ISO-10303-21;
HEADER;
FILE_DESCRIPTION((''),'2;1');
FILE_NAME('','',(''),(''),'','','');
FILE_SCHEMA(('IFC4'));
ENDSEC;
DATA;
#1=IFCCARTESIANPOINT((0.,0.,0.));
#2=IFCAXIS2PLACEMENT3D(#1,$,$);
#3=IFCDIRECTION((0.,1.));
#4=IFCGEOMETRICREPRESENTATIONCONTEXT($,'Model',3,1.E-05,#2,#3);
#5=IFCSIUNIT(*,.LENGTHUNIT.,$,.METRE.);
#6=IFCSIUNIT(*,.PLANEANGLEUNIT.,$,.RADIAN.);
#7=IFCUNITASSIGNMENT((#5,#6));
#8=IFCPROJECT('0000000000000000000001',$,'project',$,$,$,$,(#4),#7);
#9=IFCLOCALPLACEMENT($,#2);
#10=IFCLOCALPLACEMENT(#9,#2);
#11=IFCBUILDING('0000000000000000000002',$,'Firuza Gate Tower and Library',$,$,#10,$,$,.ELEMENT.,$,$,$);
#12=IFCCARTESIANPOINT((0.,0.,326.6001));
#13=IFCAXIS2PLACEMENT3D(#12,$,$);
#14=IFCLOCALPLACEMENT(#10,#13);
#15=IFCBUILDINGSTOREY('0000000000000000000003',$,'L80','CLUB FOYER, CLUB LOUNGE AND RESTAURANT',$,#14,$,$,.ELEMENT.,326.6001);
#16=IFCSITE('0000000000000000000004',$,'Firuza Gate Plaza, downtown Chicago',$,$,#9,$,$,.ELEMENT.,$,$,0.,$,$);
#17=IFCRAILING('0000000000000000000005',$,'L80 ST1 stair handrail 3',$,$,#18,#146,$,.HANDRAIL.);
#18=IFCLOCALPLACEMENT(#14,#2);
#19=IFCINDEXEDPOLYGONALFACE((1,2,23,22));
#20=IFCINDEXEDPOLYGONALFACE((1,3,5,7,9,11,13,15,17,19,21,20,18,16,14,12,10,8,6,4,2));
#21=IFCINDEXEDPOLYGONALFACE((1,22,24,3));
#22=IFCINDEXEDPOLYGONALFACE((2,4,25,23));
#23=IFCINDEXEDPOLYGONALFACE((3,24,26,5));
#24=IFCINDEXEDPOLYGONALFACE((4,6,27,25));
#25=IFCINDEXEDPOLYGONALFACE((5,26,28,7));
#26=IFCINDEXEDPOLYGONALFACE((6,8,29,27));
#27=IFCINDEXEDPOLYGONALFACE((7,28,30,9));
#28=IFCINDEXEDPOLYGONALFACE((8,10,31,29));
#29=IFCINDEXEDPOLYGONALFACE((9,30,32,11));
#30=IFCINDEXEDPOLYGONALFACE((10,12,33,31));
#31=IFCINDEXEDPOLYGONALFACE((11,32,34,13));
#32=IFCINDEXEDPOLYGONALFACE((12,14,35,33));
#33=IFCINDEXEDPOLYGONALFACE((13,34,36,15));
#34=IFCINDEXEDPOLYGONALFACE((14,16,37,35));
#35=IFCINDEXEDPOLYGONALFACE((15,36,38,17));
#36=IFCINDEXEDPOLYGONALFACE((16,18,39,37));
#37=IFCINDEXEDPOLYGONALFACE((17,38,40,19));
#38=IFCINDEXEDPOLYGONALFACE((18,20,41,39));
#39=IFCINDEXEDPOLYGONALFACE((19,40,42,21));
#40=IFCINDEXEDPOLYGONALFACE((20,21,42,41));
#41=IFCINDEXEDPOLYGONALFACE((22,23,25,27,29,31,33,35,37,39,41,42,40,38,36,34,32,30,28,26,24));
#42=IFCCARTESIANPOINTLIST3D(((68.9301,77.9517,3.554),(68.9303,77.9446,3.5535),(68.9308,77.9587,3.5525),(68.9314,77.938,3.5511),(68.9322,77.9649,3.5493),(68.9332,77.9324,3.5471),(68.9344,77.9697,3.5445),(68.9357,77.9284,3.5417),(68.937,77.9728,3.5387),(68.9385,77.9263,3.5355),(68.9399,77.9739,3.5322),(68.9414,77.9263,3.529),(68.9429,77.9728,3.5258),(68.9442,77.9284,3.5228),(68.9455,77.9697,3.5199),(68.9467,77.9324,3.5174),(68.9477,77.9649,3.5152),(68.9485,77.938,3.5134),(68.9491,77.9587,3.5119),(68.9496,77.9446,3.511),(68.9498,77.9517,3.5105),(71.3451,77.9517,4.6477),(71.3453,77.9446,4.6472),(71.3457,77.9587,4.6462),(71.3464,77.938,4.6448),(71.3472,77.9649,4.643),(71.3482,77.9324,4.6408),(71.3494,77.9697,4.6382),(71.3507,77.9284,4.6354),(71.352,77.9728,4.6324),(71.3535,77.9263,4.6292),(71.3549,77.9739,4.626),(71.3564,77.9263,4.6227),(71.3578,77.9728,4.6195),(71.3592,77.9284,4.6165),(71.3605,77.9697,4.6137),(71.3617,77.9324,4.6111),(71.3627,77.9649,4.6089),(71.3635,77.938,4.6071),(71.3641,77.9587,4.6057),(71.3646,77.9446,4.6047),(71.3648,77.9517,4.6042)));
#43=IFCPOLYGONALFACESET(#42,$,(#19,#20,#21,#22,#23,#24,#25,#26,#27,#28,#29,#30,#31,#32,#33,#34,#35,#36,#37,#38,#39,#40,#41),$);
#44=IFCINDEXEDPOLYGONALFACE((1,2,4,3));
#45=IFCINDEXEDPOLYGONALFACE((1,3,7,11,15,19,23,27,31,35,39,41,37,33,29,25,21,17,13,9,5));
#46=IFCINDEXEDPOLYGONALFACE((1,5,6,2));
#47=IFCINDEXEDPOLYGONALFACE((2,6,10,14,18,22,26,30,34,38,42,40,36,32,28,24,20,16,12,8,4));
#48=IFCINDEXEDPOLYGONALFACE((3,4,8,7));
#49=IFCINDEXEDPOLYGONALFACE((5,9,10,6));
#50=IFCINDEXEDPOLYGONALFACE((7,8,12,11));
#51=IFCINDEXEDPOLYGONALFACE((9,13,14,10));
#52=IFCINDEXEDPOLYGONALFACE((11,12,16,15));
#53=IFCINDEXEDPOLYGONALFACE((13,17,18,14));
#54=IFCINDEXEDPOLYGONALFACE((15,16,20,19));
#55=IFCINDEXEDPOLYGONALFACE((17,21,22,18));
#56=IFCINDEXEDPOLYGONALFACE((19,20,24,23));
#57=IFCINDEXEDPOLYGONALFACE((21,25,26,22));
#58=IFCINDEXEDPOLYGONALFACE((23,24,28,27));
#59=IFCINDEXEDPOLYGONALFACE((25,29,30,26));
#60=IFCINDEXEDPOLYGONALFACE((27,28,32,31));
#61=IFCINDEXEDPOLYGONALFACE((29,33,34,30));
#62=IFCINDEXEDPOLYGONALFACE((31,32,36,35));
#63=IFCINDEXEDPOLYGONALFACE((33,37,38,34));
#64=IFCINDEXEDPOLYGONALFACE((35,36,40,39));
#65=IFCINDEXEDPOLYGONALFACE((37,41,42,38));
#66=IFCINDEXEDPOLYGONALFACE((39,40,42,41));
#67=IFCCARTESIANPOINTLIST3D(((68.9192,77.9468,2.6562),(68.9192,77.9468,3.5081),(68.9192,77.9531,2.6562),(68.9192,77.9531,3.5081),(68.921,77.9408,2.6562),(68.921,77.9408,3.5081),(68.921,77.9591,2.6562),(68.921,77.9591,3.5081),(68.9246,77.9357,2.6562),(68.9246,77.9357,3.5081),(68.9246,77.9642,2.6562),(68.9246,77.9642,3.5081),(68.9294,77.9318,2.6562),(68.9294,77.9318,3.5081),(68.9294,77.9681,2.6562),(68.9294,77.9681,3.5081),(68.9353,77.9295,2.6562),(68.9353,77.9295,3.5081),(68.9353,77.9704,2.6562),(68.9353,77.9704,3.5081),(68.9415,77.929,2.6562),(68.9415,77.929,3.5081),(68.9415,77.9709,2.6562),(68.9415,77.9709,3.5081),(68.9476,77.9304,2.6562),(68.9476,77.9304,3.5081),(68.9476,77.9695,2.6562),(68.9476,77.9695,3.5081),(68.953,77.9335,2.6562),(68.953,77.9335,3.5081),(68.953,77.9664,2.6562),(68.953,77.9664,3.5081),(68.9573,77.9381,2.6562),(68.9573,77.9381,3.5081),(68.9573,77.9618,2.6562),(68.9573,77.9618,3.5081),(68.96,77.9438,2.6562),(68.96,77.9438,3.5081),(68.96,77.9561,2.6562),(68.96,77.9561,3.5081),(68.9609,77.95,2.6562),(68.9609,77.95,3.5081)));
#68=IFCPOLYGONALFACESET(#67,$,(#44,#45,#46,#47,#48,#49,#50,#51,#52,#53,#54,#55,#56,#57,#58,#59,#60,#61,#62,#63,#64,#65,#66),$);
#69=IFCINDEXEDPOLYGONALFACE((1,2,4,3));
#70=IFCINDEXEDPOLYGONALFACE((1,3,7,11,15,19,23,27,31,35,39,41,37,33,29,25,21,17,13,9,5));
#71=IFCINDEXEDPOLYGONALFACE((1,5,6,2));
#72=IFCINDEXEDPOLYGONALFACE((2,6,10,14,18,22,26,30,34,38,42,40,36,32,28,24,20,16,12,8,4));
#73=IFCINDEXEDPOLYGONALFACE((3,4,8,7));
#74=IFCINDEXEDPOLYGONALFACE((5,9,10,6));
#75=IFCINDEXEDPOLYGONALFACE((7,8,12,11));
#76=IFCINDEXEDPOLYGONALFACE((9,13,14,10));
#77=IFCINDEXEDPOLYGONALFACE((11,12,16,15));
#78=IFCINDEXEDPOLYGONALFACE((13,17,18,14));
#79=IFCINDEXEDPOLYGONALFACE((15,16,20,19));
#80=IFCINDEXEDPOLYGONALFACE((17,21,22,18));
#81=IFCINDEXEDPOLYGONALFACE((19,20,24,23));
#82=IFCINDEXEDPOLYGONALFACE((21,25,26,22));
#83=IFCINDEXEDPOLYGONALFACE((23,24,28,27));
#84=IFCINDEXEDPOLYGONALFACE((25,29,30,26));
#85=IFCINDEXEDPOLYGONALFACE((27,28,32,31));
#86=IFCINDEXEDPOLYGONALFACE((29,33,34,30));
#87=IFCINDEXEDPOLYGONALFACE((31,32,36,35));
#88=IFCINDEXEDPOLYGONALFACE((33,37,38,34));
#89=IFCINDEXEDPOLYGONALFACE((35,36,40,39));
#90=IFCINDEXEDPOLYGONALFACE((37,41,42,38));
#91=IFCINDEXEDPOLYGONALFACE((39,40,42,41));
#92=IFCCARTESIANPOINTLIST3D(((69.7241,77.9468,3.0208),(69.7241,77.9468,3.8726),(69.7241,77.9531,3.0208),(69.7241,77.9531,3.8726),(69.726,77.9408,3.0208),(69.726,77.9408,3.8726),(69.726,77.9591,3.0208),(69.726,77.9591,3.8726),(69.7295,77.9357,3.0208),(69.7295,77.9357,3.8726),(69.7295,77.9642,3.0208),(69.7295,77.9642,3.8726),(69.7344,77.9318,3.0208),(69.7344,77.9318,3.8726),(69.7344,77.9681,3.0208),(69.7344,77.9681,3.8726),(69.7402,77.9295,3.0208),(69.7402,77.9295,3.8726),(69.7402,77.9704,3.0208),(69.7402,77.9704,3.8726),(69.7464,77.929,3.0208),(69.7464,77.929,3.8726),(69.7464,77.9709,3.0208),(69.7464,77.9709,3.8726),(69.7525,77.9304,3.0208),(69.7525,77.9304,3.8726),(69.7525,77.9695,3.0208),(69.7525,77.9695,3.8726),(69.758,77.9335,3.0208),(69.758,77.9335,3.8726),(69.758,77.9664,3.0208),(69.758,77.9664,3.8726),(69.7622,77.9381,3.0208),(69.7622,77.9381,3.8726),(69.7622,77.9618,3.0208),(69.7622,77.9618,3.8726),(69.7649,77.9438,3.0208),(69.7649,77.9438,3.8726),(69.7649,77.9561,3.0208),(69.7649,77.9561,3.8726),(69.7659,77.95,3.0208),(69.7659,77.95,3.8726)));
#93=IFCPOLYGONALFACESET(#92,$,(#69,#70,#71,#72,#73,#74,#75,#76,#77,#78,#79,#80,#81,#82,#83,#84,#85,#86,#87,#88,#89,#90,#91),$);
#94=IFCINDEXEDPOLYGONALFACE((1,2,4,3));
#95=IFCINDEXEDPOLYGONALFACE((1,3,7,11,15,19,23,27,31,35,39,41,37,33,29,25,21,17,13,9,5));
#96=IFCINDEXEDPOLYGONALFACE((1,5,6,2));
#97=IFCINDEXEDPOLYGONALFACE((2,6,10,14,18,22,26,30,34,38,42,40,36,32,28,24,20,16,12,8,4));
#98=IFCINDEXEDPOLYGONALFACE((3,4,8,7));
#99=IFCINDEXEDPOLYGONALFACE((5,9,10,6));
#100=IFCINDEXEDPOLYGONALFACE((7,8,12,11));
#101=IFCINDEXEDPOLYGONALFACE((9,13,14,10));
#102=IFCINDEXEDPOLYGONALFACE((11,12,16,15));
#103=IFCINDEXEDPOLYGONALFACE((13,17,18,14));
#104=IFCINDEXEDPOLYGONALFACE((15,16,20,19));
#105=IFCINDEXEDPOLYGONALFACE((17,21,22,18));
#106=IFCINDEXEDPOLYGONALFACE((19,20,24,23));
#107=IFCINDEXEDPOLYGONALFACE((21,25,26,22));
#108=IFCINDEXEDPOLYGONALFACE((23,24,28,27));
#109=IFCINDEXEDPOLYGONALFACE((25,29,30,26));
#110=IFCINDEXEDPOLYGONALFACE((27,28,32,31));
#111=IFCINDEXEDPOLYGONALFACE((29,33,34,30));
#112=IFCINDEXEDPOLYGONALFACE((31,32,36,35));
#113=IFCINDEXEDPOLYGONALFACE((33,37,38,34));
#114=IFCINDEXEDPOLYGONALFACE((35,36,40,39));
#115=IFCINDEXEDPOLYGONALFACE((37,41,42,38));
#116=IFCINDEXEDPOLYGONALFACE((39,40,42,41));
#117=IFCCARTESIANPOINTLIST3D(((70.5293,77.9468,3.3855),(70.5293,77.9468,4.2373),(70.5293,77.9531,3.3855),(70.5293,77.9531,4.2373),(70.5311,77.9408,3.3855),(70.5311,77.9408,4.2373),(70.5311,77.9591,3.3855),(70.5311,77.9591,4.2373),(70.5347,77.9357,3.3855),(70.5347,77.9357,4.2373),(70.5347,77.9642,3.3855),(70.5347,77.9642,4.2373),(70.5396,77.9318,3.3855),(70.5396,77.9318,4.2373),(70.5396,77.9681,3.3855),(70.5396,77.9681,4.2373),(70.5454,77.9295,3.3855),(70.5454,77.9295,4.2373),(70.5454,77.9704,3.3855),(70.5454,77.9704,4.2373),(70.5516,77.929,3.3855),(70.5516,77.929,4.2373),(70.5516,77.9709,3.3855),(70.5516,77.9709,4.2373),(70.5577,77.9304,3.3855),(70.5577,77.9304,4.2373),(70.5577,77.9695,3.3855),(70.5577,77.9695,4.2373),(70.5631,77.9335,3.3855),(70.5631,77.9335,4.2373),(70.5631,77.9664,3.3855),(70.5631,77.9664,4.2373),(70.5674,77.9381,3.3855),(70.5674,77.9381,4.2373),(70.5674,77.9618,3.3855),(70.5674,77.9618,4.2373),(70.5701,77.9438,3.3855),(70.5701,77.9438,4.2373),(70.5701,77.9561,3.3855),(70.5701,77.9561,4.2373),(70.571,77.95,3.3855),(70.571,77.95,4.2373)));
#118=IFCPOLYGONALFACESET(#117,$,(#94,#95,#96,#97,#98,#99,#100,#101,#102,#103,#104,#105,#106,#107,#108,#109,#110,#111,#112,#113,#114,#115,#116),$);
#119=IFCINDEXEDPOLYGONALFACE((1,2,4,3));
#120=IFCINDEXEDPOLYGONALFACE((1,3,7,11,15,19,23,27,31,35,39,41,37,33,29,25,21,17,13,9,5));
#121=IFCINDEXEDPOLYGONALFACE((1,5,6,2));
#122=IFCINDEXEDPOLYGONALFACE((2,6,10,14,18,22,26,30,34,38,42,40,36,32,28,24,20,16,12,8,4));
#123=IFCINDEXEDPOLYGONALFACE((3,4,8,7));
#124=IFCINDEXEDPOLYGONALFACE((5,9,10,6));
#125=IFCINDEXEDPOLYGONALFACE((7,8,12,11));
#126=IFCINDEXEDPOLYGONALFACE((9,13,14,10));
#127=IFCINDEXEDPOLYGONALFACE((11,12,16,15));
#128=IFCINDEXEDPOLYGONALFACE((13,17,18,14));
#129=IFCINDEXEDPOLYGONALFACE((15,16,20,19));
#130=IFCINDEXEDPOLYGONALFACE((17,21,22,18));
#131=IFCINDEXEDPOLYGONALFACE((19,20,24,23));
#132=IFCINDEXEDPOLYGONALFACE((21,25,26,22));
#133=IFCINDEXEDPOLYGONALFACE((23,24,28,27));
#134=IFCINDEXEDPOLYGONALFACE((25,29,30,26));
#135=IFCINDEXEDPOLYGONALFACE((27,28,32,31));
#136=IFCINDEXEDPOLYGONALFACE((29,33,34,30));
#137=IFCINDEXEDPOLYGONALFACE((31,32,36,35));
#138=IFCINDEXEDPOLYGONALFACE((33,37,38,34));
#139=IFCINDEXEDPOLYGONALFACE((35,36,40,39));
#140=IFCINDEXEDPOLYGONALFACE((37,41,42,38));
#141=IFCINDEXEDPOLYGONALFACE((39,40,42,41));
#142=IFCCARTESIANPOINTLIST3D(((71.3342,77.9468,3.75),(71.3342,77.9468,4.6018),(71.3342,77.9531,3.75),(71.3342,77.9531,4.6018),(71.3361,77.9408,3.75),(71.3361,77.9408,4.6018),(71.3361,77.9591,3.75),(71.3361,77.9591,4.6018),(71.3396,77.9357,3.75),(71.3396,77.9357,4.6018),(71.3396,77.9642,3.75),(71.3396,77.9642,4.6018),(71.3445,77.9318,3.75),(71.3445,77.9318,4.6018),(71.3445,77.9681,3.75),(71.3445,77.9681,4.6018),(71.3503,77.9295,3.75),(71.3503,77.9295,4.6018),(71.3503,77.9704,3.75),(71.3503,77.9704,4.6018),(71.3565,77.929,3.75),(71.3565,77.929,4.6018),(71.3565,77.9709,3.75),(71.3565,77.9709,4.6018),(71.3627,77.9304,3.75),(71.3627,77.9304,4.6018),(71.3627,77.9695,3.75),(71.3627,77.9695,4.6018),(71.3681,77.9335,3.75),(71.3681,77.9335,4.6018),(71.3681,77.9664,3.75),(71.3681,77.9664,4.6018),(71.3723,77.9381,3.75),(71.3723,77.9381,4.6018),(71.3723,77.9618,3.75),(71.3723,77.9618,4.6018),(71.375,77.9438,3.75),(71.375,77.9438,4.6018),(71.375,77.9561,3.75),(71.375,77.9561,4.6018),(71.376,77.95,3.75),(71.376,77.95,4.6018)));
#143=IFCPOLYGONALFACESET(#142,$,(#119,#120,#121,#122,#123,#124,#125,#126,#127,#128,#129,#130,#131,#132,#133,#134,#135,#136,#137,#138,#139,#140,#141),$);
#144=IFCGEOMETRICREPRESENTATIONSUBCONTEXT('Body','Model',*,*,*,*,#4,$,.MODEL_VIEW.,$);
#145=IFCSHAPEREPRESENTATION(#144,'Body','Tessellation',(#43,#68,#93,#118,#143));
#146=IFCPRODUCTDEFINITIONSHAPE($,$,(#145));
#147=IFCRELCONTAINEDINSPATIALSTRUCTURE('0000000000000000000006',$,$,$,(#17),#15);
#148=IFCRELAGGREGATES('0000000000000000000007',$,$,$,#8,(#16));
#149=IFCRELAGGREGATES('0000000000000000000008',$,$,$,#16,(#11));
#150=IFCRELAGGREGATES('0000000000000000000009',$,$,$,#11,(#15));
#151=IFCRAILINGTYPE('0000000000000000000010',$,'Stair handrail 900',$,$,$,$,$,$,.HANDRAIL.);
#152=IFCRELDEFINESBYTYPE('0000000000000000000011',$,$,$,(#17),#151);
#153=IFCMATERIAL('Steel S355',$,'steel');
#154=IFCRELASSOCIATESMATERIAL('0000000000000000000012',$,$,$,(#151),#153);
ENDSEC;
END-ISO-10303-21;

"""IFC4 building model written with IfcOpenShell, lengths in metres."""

from ifc_helpers import new_model, si_unit, direction, frame, origin, origin_2d, place, context, subcontext, project, spatial, circle, extrude, material, type_object, element, save


model = new_model("IFC4")

# Units and contexts
model_context = context("Model", 3, precision=1e-05, world=origin(), true_north=direction((0.0, 1.0)))
body_context = subcontext(model_context, "Body", "Model", "MODEL_VIEW")
ifc_project = project(units=[si_unit("LENGTHUNIT", "METRE"), si_unit("PLANEANGLEUNIT", "RADIAN")], contexts=[model_context])

# Site, building, storey
site_placement = place(None, origin())
site = spatial("IfcSite", under=ifc_project, at=site_placement, Name="Firuza Gate Plaza, downtown Chicago", CompositionType="ELEMENT", RefElevation=0.0)
building_placement = place(site_placement, origin())
building = spatial("IfcBuilding", under=site, at=building_placement, Name="Firuza Gate Tower and Library", CompositionType="ELEMENT")
storey_placement = place(building_placement, frame((0.0, 0.0, 326.6001)))
storey = spatial("IfcBuildingStorey", under=building, at=storey_placement, Name="L80", Description="CLUB FOYER, CLUB LOUNGE AND RESTAURANT", CompositionType="ELEMENT", Elevation=326.6001)

# Railing
ifc_material_1 = material(Name="Steel S355", Category="steel")
railing_type_1 = type_object("IfcRailingType", Name="Stair handrail 900", PredefinedType="HANDRAIL", material=ifc_material_1)
for number, where, name in (
    (1, (68.9399, 77.95, 2.6562), "L80 ST1 stair handrail 3"),
):
    element("IfcRailing", number, at=place(storey_placement, frame(where)), inside=storey, type_object=railing_type_1, Name=name, PredefinedType="HANDRAIL", context=body_context, shape_type="SweptSolid", body=[
        extrude(circle(Radius=0.0239, at=origin_2d()), frame((0.0, 0.0, 0.876), z_axis=(0.910933, 0.0, 0.412554), x_axis=(0.0, 1.0, 0.0)), (0.0, 0.0, 1.0), 2.6511),
        extrude(circle(Radius=0.021, at=origin_2d()), origin(), (0.0, 0.0, 1.0), 0.8518),
        extrude(circle(Radius=0.021, at=origin_2d()), frame((0.8049, 0.0, 0.3645)), (0.0, 0.0, 1.0), 0.8518),
        extrude(circle(Radius=0.021, at=origin_2d()), frame((1.6101, 0.0, 0.7292)), (0.0, 0.0, 1.0), 0.8518),
        extrude(circle(Radius=0.021, at=origin_2d()), frame((2.415, 0.0, 1.0938)), (0.0, 0.0, 1.0), 0.8518),
    ])

save(model, "model.ifc")
